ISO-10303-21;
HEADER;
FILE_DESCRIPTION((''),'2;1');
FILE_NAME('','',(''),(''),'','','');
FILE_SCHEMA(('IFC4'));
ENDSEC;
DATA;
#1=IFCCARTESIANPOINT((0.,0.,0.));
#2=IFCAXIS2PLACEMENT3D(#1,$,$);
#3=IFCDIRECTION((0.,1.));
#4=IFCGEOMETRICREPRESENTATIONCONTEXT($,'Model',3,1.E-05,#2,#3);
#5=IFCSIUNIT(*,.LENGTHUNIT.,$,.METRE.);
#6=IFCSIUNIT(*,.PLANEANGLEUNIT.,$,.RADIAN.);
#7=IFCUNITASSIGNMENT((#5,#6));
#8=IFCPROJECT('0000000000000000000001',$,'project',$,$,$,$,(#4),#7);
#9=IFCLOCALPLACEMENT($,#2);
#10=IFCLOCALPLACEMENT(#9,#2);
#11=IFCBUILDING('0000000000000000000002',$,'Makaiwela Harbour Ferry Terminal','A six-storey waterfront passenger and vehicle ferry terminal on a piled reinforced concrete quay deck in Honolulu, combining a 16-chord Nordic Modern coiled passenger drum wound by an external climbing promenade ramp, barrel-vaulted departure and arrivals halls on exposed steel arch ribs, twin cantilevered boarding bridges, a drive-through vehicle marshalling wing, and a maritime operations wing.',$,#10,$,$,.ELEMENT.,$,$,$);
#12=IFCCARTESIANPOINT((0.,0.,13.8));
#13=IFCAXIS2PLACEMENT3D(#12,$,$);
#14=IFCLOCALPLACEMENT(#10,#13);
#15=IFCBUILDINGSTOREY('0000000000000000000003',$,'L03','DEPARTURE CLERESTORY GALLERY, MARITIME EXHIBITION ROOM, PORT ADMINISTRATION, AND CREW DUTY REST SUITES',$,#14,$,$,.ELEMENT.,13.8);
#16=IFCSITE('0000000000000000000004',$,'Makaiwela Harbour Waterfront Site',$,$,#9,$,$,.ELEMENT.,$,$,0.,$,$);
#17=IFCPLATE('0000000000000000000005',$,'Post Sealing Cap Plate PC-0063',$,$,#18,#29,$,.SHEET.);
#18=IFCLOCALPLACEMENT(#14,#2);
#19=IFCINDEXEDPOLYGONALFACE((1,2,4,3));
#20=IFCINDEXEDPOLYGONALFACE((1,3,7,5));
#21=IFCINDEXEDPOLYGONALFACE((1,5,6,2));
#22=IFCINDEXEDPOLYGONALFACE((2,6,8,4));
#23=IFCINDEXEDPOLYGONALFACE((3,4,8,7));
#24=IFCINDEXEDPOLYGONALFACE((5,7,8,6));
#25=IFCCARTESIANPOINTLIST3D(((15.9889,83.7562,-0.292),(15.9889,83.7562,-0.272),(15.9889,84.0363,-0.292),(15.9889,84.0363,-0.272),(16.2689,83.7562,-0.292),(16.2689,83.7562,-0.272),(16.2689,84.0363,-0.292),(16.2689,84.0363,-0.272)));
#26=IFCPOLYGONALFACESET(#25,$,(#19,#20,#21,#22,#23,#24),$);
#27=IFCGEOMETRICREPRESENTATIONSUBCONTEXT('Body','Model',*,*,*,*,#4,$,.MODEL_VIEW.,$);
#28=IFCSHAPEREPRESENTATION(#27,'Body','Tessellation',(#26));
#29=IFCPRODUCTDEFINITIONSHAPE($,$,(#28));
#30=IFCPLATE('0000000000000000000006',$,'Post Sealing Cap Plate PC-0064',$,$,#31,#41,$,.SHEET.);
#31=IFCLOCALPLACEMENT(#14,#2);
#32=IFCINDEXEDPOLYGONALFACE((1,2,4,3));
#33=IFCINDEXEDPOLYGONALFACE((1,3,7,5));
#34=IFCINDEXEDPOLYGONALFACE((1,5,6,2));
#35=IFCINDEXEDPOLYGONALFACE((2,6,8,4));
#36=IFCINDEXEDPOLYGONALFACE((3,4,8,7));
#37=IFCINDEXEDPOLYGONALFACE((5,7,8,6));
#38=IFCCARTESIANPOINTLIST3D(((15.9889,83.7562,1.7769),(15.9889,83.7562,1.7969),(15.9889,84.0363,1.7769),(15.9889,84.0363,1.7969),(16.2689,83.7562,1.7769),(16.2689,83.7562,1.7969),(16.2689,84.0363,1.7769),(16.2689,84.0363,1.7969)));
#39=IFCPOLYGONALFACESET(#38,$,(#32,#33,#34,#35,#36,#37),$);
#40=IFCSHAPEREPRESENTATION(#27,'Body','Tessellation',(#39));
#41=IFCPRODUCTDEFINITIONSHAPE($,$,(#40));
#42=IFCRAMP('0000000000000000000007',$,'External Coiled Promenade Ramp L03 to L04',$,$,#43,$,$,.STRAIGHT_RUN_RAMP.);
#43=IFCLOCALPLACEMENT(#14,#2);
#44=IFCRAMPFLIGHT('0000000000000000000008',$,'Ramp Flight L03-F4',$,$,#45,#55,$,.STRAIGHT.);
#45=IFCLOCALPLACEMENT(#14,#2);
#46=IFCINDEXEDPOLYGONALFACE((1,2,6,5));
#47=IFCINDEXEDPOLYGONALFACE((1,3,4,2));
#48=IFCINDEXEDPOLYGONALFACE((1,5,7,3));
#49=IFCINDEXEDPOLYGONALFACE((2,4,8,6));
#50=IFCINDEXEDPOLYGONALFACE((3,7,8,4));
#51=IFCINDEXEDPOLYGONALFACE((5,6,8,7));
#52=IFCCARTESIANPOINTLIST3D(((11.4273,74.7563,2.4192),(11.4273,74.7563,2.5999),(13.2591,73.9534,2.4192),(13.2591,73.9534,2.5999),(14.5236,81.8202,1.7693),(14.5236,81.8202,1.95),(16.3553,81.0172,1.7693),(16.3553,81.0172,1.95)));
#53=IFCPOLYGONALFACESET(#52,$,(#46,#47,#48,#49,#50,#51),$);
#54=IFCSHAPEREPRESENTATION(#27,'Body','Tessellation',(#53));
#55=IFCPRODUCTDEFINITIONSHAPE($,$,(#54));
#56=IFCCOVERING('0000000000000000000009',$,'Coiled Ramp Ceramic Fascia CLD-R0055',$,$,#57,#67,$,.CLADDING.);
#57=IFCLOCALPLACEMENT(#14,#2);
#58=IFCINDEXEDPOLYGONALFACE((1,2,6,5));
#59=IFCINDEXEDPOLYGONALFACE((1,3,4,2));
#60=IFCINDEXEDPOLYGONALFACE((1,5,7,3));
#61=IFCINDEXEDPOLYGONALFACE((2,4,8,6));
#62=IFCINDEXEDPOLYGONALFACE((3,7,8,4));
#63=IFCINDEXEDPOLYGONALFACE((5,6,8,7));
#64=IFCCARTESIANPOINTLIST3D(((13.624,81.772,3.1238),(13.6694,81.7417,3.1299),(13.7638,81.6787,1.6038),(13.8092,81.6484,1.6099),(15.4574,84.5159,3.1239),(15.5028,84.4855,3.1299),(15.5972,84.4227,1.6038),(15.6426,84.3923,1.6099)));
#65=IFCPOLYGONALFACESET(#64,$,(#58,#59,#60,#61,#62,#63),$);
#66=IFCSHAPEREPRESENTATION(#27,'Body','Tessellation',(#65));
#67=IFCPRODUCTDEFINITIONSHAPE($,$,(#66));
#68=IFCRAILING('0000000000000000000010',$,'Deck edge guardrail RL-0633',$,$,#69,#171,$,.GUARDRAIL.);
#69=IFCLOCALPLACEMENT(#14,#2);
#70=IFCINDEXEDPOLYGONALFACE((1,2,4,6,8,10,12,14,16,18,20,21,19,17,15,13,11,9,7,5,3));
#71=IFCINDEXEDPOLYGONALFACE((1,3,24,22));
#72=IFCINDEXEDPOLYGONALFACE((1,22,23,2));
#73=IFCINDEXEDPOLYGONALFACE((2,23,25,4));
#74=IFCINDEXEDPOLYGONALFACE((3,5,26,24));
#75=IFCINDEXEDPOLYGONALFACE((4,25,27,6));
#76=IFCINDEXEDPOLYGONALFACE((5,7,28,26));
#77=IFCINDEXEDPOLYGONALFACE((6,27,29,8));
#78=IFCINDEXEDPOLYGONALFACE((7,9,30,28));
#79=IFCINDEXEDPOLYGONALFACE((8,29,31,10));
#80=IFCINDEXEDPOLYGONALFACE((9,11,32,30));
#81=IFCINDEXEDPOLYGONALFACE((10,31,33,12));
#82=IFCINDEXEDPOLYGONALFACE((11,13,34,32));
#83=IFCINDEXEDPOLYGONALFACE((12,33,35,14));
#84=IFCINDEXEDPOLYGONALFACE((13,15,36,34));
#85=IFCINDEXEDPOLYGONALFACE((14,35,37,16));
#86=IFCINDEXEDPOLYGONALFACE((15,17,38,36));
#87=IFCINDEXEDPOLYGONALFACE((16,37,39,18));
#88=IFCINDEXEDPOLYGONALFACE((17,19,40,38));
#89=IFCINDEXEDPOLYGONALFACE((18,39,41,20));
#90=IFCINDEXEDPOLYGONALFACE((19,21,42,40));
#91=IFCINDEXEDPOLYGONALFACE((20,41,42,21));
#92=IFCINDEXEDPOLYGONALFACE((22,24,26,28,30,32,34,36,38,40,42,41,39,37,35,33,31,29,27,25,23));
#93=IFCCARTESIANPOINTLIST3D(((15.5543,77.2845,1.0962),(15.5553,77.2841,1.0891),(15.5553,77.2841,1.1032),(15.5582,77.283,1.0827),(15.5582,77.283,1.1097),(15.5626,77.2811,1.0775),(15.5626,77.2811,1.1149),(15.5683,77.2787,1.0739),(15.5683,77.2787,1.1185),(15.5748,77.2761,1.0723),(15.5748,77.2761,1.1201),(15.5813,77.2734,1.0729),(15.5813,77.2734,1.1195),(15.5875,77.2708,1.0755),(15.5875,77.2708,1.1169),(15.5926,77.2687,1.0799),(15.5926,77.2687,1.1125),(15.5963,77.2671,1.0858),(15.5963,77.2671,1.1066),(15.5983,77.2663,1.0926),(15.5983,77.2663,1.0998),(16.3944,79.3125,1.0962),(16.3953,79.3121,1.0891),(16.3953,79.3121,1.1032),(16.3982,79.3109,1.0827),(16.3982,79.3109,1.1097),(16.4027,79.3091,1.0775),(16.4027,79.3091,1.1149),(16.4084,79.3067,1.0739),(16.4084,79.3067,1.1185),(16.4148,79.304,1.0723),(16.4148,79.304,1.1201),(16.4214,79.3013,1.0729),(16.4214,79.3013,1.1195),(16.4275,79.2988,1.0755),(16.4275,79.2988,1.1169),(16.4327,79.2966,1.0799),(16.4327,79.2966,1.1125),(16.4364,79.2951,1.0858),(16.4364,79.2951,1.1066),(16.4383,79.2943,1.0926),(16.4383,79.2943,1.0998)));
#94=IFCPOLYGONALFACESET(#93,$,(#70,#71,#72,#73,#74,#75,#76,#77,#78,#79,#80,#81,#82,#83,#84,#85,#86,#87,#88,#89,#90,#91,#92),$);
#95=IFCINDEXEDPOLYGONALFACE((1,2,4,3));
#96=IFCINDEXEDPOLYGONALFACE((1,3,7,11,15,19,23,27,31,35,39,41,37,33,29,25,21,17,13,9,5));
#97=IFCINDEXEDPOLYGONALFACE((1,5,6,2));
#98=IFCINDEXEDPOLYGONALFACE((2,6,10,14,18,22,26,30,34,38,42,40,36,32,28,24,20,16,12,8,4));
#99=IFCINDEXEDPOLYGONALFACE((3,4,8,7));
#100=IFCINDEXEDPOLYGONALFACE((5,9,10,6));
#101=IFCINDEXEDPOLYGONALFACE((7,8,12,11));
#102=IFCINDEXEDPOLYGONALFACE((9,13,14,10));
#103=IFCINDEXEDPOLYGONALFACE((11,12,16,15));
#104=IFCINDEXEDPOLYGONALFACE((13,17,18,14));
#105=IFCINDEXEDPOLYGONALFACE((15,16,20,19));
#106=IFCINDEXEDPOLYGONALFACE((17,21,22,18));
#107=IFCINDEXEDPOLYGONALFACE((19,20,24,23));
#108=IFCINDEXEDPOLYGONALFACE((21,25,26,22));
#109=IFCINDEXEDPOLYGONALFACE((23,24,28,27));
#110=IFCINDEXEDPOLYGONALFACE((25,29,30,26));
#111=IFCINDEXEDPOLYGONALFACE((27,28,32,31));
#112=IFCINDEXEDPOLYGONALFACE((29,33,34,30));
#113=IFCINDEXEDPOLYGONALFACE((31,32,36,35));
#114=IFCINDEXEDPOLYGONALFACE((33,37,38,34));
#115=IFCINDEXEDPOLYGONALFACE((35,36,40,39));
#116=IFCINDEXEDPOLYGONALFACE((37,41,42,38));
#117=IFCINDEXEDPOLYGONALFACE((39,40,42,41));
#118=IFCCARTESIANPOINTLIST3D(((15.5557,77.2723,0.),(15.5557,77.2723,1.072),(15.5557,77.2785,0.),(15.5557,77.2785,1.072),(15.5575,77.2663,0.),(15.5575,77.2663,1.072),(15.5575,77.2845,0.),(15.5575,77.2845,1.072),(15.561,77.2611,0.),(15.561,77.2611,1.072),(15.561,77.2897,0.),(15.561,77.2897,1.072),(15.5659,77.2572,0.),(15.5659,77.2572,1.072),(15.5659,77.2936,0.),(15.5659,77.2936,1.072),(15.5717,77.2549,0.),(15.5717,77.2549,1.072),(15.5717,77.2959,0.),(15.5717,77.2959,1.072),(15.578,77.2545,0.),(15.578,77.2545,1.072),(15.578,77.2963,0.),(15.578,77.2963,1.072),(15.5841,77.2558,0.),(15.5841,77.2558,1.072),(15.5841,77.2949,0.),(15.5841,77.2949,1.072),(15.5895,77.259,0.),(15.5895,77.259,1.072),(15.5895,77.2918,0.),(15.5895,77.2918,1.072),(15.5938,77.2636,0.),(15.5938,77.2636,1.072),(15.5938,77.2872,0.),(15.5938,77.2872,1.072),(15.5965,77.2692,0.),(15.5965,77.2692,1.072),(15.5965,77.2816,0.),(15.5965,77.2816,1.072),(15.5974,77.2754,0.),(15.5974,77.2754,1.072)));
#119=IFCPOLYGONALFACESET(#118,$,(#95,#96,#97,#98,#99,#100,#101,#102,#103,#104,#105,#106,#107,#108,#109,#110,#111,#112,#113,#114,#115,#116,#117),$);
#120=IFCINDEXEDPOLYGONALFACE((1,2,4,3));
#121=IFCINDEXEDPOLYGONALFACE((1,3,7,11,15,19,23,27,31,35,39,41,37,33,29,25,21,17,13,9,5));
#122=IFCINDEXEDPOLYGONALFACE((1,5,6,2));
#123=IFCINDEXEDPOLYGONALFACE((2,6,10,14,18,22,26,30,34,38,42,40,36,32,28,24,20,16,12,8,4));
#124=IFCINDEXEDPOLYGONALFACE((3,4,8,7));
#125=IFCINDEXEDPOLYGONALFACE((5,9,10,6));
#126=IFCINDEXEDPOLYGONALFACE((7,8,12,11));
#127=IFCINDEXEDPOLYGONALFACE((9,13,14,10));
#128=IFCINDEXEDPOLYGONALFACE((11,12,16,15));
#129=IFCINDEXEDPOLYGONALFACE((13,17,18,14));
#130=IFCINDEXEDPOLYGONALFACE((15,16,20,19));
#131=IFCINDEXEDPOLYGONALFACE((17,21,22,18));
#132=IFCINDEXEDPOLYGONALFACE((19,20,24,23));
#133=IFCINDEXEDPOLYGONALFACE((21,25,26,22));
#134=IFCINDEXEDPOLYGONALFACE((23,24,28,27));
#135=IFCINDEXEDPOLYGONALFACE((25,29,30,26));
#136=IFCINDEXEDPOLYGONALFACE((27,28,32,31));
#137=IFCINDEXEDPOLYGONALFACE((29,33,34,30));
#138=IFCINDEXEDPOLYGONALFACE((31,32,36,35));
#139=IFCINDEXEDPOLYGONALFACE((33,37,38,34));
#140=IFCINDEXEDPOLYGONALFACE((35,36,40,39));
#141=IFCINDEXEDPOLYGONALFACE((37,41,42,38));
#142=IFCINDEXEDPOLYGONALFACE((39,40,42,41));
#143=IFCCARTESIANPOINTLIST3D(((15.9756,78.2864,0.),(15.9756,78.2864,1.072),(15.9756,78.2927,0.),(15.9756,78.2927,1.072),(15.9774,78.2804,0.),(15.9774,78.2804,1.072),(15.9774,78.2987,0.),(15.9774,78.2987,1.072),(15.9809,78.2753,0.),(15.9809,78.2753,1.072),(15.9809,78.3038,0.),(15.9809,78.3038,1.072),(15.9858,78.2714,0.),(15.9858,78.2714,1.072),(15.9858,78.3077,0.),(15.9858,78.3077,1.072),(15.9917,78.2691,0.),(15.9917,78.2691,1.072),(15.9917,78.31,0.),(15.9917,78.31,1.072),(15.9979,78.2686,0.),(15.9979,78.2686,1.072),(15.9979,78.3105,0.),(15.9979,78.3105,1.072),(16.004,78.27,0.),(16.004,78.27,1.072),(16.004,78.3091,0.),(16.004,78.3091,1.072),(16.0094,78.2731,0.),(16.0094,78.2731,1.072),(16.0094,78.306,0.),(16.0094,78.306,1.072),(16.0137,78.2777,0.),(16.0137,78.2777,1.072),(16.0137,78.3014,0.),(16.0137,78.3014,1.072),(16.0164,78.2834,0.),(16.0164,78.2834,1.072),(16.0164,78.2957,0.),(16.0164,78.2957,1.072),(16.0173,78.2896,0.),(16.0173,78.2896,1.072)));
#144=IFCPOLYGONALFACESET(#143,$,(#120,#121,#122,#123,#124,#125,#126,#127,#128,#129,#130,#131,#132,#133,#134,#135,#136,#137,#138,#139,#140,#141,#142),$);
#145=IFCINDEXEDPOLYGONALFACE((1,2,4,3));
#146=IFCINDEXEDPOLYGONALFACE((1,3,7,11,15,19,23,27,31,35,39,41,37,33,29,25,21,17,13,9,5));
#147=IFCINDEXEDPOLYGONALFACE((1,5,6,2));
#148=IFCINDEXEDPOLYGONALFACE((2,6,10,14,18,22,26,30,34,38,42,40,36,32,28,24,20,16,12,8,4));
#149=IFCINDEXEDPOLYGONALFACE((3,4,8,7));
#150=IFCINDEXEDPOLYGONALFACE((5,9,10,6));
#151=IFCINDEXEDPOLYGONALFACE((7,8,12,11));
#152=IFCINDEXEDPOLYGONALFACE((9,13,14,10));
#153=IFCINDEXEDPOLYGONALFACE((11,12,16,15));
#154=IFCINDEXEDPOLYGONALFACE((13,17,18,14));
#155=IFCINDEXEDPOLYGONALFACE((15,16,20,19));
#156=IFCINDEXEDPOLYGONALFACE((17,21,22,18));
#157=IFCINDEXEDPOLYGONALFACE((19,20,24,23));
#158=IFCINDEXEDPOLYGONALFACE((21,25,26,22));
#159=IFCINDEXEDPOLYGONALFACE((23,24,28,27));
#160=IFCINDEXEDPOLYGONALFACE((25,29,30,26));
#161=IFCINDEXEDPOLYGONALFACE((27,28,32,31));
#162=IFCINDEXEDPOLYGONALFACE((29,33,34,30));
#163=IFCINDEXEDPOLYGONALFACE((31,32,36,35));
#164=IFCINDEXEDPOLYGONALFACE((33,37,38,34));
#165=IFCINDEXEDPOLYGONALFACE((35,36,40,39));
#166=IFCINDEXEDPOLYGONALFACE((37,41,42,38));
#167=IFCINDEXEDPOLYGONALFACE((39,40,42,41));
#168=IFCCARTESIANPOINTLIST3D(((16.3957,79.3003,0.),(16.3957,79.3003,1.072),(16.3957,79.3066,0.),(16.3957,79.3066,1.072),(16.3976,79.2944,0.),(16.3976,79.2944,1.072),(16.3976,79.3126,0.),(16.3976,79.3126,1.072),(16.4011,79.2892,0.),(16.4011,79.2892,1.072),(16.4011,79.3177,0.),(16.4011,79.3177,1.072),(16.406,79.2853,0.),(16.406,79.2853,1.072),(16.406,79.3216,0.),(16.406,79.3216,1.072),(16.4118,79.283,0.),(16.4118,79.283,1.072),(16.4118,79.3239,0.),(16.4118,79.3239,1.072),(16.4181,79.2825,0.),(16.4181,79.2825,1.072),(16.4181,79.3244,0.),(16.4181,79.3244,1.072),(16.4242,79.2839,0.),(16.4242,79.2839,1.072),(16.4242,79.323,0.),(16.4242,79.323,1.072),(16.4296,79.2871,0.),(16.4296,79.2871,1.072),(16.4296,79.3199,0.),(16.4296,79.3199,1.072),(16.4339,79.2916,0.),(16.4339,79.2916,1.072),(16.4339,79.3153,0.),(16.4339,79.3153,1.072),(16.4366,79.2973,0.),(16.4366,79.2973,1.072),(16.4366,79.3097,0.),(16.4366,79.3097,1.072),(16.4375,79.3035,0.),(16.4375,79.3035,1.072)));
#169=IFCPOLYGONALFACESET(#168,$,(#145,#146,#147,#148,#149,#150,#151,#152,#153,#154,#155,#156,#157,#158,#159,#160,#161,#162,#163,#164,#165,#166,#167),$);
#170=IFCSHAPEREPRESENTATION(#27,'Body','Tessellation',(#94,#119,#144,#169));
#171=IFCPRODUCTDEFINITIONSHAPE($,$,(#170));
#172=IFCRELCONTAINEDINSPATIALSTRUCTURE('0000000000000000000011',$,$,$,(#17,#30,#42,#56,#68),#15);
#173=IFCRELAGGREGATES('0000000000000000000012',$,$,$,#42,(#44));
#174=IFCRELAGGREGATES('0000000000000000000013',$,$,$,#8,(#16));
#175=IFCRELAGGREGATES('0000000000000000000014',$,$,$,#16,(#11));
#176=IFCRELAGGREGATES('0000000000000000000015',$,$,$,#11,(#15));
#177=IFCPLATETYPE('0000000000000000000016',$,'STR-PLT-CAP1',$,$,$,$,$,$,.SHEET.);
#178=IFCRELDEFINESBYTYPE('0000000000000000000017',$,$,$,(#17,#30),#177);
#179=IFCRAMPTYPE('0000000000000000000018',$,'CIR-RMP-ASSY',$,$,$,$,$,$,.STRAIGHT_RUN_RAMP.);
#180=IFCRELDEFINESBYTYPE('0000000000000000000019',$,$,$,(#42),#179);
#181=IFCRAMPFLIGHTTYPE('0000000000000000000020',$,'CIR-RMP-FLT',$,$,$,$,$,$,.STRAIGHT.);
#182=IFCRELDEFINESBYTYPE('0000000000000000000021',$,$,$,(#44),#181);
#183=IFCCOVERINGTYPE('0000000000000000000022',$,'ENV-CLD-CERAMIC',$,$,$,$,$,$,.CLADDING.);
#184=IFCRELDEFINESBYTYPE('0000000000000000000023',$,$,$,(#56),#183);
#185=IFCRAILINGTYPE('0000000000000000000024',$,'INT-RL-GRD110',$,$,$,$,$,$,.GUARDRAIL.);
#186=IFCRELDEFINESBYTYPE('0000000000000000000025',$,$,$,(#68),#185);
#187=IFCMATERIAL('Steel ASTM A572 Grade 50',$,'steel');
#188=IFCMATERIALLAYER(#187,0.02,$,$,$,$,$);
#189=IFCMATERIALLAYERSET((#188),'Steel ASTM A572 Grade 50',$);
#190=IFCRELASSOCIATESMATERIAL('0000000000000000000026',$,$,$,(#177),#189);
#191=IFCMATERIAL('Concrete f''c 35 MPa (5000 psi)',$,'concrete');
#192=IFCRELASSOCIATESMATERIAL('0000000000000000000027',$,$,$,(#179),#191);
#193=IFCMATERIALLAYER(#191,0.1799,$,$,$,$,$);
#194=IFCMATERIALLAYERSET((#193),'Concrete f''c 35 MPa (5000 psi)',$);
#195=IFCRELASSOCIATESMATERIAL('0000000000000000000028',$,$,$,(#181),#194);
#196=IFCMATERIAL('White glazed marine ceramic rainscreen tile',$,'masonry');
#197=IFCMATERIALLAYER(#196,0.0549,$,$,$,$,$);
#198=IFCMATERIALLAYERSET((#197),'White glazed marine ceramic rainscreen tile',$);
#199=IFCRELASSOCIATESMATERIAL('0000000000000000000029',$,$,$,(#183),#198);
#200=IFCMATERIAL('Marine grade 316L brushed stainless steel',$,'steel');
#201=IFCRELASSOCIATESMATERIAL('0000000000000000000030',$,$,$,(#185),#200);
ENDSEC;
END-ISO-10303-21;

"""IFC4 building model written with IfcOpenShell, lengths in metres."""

from ifc_helpers import new_model, si_unit, direction, frame, origin, origin_2d, place, context, subcontext, project, spatial, polyline, rectangle, circle, outline, extrude, material, layer, layer_set, type_object, element, aggregate, save


model = new_model("IFC4")

# Units and contexts
model_context = context("Model", 3, precision=1e-05, world=origin(), true_north=direction((0.0, 1.0)))
body_context = subcontext(model_context, "Body", "Model", "MODEL_VIEW")
ifc_project = project(units=[si_unit("LENGTHUNIT", "METRE"), si_unit("PLANEANGLEUNIT", "RADIAN")], contexts=[model_context])

# Site, building, storey
site_placement = place(None, origin())
site = spatial("IfcSite", under=ifc_project, at=site_placement, Name="Makaiwela Harbour Waterfront Site", CompositionType="ELEMENT", RefElevation=0.0)
building_placement = place(site_placement, origin())
building = spatial("IfcBuilding", under=site, at=building_placement, Name="Makaiwela Harbour Ferry Terminal", Description="A six-storey waterfront passenger and vehicle ferry terminal on a piled reinforced concrete quay deck in Honolulu, combining a 16-chord Nordic Modern coiled passenger drum wound by an external climbing promenade ramp, barrel-vaulted departure and arrivals halls on exposed steel arch ribs, twin cantilevered boarding bridges, a drive-through vehicle marshalling wing, and a maritime operations wing.", CompositionType="ELEMENT")
storey_placement = place(building_placement, frame((0.0, 0.0, 13.8)))
storey = spatial("IfcBuildingStorey", under=building, at=storey_placement, Name="L03", Description="DEPARTURE CLERESTORY GALLERY, MARITIME EXHIBITION ROOM, PORT ADMINISTRATION, AND CREW DUTY REST SUITES", CompositionType="ELEMENT", Elevation=13.8)

# Plates
ifc_material_1 = material(Name="Steel ASTM A572 Grade 50", Category="steel")
ifc_layer_1 = layer(ifc_material_1, 0.02)
ifc_layer_set_1 = layer_set([ifc_layer_1], Name="Steel ASTM A572 Grade 50")
plate_type_1 = type_object("IfcPlateType", Name="STR-PLT-CAP1", PredefinedType="SHEET", material=ifc_layer_set_1)
for number, where, z_axis, x_axis, name in (
    (1, (16.1289, 83.8962, -0.292), (0.0, 0.0, 1.0), (1.0, 0.0, 0.0), "Post Sealing Cap Plate PC-0063"),
    (2, (16.1289, 83.8962, 1.7769), (0.0, 0.0, 1.0), (1.0, 0.0, 0.0), "Post Sealing Cap Plate PC-0064"),
):
    element("IfcPlate", number, at=place(storey_placement, frame(where, z_axis=z_axis, x_axis=x_axis)), inside=storey, type_object=plate_type_1, Name=name, PredefinedType="SHEET", context=body_context, shape_type="SweptSolid", body=[
        extrude(rectangle(XDim=0.28, YDim=0.28, at=origin_2d()), origin(), (0.0, 0.0, 1.0), 0.02),
    ])

# Ramp, ramp flight
ifc_material_2 = material(Name="Concrete f'c 35 MPa (5000 psi)", Category="concrete")
ramp_type = type_object("IfcRampType", Name="CIR-RMP-ASSY", PredefinedType="STRAIGHT_RUN_RAMP", material=ifc_material_2)
ramp_placement = place(storey_placement, origin())
ramp = element("IfcRamp", 3, at=ramp_placement, inside=storey, type_object=ramp_type, Name="External Coiled Promenade Ramp L03 to L04", PredefinedType="STRAIGHT_RUN_RAMP")
ifc_layer_2 = layer(ifc_material_2, 0.1799)
ifc_layer_set_2 = layer_set([ifc_layer_2], Name="Concrete f'c 35 MPa (5000 psi)")
ramp_flight_type = type_object("IfcRampFlightType", Name="CIR-RMP-FLT", PredefinedType="STRAIGHT", material=ifc_layer_set_2)
ramp_flight_placement = place(storey_placement, frame((15.4395, 81.4187, 1.95), z_axis=(0.0, 0.0, 1.0), x_axis=(-0.401452, -0.91588, 0.0)))
ramp_flight = element("IfcRampFlight", 4, at=ramp_flight_placement, type_object=ramp_flight_type, Name="Ramp Flight L03-F4", PredefinedType="STRAIGHT", context=body_context, shape_type="SweptSolid", body=[
    extrude(outline(polyline([(0.0, 0.0), (7.7126, 0.6499), (7.7126, 0.4692), (0.0, -0.1807), (0.0, 0.0)])), frame((0.0, 1.0, 0.0), z_axis=(0.0, -1.0, 0.0), x_axis=(1.0, 0.0, 0.0)), (0.0, 0.0, 1.0), 2.0),
])
aggregate(ramp, [ramp_flight])

# Covering
ifc_material_3 = material(Name="White glazed marine ceramic rainscreen tile", Category="masonry")
ifc_layer_3 = layer(ifc_material_3, 0.0549)
ifc_layer_set_3 = layer_set([ifc_layer_3], Name="White glazed marine ceramic rainscreen tile")
covering_type = type_object("IfcCoveringType", Name="ENV-CLD-CERAMIC", PredefinedType="CLADDING", material=ifc_layer_set_3)
covering_placement = place(storey_placement, frame((15.6426, 84.3923, 1.6099), z_axis=(0.826441, -0.552198, 0.109874), x_axis=(-0.555562, -0.831475, 0.000003)))
element("IfcCovering", 5, at=covering_placement, inside=storey, type_object=covering_type, Name="Coiled Ramp Ceramic Fascia CLD-R0055", PredefinedType="CLADDING", context=body_context, shape_type="SweptSolid", body=[
    extrude(outline(polyline([(0.0, 0.0), (3.3001, 0.0), (3.3001, -1.5293), (0.0002, -1.5293), (0.0, 0.0)])), origin(), (0.0, 0.0, -1.0), 0.0549),
])

# Railing
ifc_material_4 = material(Name="Marine grade 316L brushed stainless steel", Category="steel")
railing_type = type_object("IfcRailingType", Name="INT-RL-GRD110", PredefinedType="GUARDRAIL", material=ifc_material_4)
railing_placement = place(storey_placement, frame((15.5764, 77.2754, 0.0)))
element("IfcRailing", 6, at=railing_placement, inside=storey, type_object=railing_type, Name="Deck edge guardrail RL-0633", PredefinedType="GUARDRAIL", context=body_context, shape_type="SweptSolid", body=[
    extrude(circle(Radius=0.0239, at=origin_2d()), frame((0.0, 0.0, 1.0962), z_axis=(0.382696, 0.923875, 0.0), x_axis=(-0.923875, 0.382696, 0.0)), (0.0, 0.0, 1.0), 2.1951),
    extrude(circle(Radius=0.021, at=origin_2d()), origin(), (0.0, 0.0, 1.0), 1.072),
    extrude(circle(Radius=0.021, at=origin_2d()), frame((0.4199, 1.0142, 0.0)), (0.0, 0.0, 1.0), 1.072),
    extrude(circle(Radius=0.021, at=origin_2d()), frame((0.8401, 2.0281, 0.0)), (0.0, 0.0, 1.0), 1.072),
])

save(model, "model.ifc")
